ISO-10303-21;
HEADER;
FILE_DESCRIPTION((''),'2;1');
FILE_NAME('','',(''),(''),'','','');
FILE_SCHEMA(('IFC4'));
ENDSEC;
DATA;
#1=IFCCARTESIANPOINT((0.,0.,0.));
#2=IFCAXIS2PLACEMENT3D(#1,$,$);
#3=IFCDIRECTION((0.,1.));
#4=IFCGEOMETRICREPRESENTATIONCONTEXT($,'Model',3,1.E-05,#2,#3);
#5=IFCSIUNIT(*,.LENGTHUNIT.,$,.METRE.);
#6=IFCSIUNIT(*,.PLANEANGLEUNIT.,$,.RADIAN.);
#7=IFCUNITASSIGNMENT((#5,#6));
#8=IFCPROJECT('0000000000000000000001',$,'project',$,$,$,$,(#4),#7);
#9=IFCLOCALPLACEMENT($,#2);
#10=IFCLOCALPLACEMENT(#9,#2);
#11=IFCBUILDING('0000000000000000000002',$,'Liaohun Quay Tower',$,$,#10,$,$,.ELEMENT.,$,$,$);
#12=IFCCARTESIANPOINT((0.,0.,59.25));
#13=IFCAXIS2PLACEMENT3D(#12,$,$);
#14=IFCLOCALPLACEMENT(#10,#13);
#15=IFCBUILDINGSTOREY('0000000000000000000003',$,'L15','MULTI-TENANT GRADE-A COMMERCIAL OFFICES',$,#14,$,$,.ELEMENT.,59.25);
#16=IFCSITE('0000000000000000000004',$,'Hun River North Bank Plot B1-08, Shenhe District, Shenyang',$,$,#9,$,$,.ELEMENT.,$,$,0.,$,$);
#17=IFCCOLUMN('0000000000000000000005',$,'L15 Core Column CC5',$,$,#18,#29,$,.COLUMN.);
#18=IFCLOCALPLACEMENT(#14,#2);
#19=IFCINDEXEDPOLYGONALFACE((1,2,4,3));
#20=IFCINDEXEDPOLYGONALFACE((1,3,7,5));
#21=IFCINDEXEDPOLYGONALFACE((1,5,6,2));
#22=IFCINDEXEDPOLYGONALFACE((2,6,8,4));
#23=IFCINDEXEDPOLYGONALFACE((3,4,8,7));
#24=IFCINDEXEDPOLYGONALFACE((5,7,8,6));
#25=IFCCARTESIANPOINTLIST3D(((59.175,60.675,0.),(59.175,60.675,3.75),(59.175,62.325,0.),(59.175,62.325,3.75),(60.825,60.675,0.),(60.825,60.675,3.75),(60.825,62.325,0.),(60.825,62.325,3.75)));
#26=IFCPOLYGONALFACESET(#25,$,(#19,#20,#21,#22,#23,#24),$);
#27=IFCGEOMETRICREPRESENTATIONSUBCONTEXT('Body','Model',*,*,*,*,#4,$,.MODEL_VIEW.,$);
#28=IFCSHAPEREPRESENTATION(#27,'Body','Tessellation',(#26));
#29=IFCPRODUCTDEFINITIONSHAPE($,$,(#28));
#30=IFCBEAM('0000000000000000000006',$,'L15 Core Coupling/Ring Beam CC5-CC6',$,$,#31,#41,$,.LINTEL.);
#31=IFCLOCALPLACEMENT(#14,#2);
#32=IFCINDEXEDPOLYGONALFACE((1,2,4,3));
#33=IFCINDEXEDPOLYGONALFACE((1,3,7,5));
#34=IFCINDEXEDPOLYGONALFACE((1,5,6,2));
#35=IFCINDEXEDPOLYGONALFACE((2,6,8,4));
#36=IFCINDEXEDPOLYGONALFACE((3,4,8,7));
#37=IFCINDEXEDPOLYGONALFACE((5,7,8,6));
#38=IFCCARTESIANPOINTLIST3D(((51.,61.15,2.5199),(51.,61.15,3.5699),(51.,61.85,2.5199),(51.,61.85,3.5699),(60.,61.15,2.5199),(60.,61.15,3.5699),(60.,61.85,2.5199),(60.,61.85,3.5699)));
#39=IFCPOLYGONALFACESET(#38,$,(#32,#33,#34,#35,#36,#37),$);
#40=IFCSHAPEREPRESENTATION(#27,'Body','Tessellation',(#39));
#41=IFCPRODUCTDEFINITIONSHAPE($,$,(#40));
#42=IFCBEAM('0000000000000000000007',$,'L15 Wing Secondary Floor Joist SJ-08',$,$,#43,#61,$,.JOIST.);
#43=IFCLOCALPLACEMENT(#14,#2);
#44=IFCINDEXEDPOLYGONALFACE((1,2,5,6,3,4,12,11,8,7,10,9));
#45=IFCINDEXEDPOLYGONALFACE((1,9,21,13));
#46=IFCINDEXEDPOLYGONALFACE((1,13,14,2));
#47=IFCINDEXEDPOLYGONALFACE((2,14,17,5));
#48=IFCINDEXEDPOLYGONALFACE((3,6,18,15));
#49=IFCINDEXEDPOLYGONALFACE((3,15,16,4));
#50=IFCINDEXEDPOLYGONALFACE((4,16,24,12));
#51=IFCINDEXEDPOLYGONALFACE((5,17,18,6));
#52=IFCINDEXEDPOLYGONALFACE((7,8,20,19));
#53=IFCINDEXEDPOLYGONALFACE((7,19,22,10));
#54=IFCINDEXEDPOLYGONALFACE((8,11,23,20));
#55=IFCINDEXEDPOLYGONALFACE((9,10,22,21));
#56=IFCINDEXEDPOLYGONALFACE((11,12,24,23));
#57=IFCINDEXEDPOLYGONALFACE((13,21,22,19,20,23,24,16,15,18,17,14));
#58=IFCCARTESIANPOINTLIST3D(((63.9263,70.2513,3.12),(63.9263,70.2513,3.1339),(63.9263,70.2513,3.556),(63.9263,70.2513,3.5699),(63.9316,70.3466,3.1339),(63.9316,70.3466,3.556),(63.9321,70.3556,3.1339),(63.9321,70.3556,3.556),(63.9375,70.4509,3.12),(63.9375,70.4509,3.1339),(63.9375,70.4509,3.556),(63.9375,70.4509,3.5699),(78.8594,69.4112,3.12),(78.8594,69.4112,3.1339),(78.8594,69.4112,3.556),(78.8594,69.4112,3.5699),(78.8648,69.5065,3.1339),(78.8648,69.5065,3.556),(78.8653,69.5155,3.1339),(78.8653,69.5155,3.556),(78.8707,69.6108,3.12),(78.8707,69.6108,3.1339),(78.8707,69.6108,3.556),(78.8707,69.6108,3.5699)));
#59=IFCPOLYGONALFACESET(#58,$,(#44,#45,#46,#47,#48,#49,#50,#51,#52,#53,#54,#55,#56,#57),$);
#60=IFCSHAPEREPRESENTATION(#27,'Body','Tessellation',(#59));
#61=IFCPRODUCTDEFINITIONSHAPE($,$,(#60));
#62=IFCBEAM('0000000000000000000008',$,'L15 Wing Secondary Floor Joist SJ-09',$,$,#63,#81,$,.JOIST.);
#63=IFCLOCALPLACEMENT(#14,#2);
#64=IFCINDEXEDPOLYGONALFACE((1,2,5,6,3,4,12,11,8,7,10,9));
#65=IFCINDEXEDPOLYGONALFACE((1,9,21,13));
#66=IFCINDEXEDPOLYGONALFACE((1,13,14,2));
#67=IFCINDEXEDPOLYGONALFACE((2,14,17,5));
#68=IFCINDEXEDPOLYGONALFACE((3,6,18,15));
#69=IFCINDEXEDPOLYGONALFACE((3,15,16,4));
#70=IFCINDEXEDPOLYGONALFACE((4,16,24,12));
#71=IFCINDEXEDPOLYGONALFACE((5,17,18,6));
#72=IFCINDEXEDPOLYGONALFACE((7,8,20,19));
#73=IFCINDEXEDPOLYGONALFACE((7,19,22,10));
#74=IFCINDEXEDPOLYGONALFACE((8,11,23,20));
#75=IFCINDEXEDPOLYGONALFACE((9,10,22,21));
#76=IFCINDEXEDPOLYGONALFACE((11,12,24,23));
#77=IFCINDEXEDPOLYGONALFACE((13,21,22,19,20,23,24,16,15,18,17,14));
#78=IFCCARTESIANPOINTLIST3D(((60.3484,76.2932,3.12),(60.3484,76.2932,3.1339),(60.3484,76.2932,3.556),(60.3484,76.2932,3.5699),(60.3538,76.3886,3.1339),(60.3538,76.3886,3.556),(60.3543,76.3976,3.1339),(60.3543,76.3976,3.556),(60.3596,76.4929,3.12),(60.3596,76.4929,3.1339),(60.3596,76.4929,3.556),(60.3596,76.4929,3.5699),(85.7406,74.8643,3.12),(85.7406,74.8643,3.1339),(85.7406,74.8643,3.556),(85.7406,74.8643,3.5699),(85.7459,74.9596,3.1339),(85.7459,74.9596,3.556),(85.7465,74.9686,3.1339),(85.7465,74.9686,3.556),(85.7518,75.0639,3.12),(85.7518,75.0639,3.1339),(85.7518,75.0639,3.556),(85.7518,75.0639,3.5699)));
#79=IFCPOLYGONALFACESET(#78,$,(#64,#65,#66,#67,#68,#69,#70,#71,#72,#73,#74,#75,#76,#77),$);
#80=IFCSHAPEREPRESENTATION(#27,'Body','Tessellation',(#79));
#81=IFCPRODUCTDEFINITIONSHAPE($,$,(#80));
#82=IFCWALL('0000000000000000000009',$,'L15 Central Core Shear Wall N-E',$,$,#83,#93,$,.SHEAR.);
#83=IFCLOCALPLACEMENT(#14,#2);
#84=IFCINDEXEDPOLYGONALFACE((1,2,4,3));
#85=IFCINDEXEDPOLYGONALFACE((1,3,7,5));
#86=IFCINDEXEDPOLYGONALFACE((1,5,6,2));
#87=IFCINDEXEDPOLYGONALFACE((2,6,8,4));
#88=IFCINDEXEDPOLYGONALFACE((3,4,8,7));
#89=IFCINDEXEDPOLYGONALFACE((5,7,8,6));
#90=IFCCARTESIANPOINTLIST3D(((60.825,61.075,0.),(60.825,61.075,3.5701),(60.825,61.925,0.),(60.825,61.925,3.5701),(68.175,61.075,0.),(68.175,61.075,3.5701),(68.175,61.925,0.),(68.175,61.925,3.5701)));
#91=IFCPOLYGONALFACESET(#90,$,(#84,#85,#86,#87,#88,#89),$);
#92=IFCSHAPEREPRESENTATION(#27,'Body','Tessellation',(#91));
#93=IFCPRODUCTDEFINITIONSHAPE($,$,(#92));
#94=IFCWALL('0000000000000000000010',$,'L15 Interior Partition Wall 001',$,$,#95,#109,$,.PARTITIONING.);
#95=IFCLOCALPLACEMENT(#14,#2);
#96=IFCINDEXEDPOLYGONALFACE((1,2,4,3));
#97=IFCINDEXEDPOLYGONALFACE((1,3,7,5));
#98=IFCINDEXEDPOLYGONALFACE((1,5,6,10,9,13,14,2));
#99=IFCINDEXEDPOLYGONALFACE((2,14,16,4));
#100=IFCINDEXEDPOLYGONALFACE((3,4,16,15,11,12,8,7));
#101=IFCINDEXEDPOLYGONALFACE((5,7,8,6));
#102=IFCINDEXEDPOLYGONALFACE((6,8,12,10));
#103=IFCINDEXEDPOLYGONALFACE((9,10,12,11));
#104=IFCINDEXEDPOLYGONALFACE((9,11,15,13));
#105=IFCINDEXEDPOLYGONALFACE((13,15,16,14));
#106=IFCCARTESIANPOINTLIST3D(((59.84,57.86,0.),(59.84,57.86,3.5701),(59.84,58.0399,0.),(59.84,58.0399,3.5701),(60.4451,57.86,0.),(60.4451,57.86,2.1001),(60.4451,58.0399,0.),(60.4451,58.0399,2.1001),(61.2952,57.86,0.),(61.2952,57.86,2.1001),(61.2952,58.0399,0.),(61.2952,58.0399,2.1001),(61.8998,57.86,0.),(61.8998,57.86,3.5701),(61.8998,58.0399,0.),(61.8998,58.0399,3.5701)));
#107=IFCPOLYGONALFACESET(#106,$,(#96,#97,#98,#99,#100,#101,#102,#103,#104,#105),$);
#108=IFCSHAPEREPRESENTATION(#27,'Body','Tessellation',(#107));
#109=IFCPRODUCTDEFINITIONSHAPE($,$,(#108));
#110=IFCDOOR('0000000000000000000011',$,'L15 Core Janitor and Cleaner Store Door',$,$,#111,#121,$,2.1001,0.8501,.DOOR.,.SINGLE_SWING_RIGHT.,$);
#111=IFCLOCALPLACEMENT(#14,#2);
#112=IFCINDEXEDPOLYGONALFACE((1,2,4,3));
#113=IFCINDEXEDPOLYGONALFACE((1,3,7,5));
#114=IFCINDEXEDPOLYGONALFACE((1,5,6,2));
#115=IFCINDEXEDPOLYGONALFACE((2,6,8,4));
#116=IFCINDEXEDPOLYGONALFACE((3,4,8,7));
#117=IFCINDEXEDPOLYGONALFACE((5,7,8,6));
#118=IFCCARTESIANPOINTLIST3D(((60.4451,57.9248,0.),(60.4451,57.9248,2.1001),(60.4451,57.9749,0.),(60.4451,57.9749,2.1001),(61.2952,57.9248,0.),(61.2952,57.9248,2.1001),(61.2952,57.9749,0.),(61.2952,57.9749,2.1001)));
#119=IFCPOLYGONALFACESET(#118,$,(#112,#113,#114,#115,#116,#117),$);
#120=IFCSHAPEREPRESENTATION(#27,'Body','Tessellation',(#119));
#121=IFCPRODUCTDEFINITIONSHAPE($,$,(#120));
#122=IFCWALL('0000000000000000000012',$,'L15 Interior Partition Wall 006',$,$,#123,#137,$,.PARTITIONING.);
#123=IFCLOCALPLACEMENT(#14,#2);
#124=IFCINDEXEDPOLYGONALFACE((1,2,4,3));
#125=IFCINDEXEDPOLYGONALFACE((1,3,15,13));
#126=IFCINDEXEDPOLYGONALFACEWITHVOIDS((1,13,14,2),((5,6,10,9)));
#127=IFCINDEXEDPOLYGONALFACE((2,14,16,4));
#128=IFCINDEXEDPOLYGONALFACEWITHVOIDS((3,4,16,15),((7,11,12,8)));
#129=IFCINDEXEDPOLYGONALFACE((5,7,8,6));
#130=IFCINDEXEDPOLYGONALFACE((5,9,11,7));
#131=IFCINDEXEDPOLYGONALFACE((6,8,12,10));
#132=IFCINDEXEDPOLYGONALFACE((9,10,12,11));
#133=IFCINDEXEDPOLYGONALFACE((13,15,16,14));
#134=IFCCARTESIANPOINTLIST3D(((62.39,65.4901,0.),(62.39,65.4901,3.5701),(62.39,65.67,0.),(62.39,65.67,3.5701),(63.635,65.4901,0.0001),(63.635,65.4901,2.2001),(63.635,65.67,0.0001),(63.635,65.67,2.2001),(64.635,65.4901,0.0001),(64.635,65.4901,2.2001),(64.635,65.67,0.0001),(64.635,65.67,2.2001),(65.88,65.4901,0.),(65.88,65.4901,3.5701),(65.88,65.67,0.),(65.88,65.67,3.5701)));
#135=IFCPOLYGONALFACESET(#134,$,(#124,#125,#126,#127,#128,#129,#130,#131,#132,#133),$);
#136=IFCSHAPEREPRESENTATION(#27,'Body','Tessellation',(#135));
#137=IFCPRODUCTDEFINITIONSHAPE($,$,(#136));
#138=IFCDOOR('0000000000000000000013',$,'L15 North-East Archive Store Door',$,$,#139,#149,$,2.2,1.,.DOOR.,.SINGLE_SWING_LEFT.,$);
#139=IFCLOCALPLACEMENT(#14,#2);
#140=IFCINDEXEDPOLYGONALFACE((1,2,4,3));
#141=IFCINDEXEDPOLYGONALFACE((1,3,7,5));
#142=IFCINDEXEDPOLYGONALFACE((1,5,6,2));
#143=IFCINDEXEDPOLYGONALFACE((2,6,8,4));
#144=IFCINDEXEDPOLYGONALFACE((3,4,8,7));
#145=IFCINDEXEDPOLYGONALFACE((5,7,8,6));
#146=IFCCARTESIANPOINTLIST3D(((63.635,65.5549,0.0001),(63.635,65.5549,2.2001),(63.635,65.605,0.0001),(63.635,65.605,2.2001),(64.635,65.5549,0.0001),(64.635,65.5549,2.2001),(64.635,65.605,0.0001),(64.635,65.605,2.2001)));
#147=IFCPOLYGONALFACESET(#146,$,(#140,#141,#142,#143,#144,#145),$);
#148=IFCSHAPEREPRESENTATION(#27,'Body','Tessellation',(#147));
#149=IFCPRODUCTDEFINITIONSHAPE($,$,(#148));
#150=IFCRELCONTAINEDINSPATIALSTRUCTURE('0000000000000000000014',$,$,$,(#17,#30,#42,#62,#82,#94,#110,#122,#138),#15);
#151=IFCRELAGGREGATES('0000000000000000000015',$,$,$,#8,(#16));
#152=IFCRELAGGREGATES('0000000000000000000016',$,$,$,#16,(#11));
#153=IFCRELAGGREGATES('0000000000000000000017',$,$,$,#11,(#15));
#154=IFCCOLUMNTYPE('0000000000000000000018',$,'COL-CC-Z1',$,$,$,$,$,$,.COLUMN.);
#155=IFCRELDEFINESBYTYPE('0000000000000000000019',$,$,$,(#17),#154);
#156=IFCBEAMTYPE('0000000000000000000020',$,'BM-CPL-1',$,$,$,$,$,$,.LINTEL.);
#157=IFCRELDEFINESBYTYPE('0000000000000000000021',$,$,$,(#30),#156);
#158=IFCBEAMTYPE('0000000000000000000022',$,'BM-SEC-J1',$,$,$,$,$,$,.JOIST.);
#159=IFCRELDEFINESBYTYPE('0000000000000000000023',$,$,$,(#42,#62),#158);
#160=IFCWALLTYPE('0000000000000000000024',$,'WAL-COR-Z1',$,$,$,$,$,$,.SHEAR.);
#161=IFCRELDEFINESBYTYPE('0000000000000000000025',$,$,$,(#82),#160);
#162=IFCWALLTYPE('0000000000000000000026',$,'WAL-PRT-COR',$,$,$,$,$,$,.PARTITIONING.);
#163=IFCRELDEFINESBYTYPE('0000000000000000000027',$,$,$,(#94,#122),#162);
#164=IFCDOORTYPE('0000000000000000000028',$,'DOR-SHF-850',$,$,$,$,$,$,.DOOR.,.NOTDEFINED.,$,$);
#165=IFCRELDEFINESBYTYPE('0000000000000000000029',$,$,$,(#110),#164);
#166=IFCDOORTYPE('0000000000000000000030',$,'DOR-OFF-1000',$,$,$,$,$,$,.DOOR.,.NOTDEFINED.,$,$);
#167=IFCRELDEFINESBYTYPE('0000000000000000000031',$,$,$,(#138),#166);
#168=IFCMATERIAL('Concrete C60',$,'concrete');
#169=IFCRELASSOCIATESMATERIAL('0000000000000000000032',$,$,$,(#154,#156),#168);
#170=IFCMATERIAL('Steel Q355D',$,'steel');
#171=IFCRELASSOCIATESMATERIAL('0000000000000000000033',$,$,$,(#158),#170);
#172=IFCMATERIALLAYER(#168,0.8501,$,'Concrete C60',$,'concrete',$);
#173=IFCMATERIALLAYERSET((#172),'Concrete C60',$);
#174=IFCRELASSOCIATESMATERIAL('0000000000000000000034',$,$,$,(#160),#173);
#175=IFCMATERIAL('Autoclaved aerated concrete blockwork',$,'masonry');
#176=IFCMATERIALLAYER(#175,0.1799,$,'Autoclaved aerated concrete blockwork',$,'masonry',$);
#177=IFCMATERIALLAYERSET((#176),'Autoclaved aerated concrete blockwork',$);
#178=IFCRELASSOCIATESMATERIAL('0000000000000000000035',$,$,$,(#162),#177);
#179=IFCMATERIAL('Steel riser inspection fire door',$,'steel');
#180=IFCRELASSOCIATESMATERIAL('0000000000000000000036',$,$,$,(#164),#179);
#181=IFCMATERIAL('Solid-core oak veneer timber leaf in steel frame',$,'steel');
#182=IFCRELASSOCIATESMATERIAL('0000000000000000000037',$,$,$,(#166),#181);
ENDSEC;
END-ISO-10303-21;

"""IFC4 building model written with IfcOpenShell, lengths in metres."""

from ifc_helpers import new_model, si_unit, direction, frame, frame_2d, origin, origin_2d, place, context, subcontext, project, spatial, rectangle, i_section, extrude, source, transform, mapped, material, layer, layer_set, material_profile, profile_set, type_object, element, fill, save


model = new_model("IFC4")

# Units and contexts
model_context = context("Model", 3, precision=1e-05, world=origin(), true_north=direction((0.0, 1.0)))
body_context = subcontext(model_context, "Body", "Model", "MODEL_VIEW")
ifc_project = project(units=[si_unit("LENGTHUNIT", "METRE"), si_unit("PLANEANGLEUNIT", "RADIAN")], contexts=[model_context])

# Site, building, storey
site_placement = place(None, origin())
site = spatial("IfcSite", under=ifc_project, at=site_placement, Name="Hun River North Bank Plot B1-08, Shenhe District, Shenyang", CompositionType="ELEMENT", RefElevation=0.0)
building_placement = place(site_placement, origin())
building = spatial("IfcBuilding", under=site, at=building_placement, Name="Liaohun Quay Tower", CompositionType="ELEMENT")
storey_placement = place(building_placement, frame((0.0, 0.0, 59.25)))
storey = spatial("IfcBuildingStorey", under=building, at=storey_placement, Name="L15", Description="MULTI-TENANT GRADE-A COMMERCIAL OFFICES", CompositionType="ELEMENT", Elevation=59.25)

# Column
ifc_material_1 = material(Name="Concrete C60", Category="concrete")
ifc_material_profile_1 = material_profile(ifc_material_1, rectangle(XDim=1.6499, YDim=1.6499, at=origin_2d()), Name="RC1650x1650")
ifc_profile_set_1 = profile_set([ifc_material_profile_1], Name="Concrete C60")
column_type = type_object("IfcColumnType", Name="COL-CC-Z1", PredefinedType="COLUMN", material=ifc_profile_set_1)
shared_shape_1 = source(origin(), body_context, "Body", "SweptSolid", [
    extrude(rectangle(XDim=1.6499, YDim=1.6499, at=origin_2d()), origin(), (0.0, 0.0, 1.0), 3.75),
])
column_placement = place(storey_placement, frame((60.0, 61.5, 0.0), z_axis=(0.0, 0.0, 1.0), x_axis=(1.0, 0.0, 0.0)))
element("IfcColumn", 1, at=column_placement, inside=storey, type_object=column_type, Name="L15 Core Column CC5", PredefinedType="COLUMN", context=body_context, shape_type="MappedRepresentation", body=[
    mapped(shared_shape_1, transform((0.0, 0.0, 0.0), x_axis=(1.0, 0.0, 0.0), y_axis=(0.0, 1.0, 0.0), z_axis=(0.0, 0.0, 1.0), scale=1.0)),
])

# Beams
ifc_material_profile_2 = material_profile(ifc_material_1, rectangle(XDim=0.7, YDim=1.05, at=origin_2d()), Name="RC700x1050")
ifc_profile_set_2 = profile_set([ifc_material_profile_2], Name="Concrete C60")
beam_type_1 = type_object("IfcBeamType", Name="BM-CPL-1", PredefinedType="LINTEL", material=ifc_profile_set_2)
shared_shape_2 = source(origin(), body_context, "Body", "SweptSolid", [
    extrude(rectangle(XDim=0.7, YDim=1.05, at=origin_2d()), origin(), (0.0, 0.0, 1.0), 9.0),
])
beam_1_placement = place(storey_placement, frame((60.0, 61.5, 3.0449), z_axis=(-1.0, 0.0, 0.0), x_axis=(0.0, -1.0, 0.0)))
element("IfcBeam", 2, at=beam_1_placement, inside=storey, type_object=beam_type_1, Name="L15 Core Coupling/Ring Beam CC5-CC6", PredefinedType="LINTEL", context=body_context, shape_type="MappedRepresentation", body=[
    mapped(shared_shape_2, transform((0.0, 0.0, 0.0), x_axis=(1.0, 0.0, 0.0), y_axis=(0.0, 1.0, 0.0), z_axis=(0.0, 0.0, 1.0), scale=1.0)),
])
ifc_material_2 = material(Name="Steel Q355D", Category="steel")
ifc_material_profile_3 = material_profile(ifc_material_2, i_section(OverallWidth=0.2, OverallDepth=0.45, WebThickness=0.009, FlangeThickness=0.0139, at=origin_2d()), Name="HN450x200x9x14")
ifc_profile_set_3 = profile_set([ifc_material_profile_3], Name="Steel Q355D")
beam_type_2 = type_object("IfcBeamType", Name="BM-SEC-J1", PredefinedType="JOIST", material=ifc_profile_set_3)
shared_shape_3 = source(origin(), body_context, "Body", "SweptSolid", [
    extrude(i_section(OverallWidth=0.2, OverallDepth=0.45, WebThickness=0.009, FlangeThickness=0.0139, at=origin_2d()), origin(), (0.0, 0.0, 1.0), 14.9568),
])
beam_2_placement = place(storey_placement, frame((63.9319, 70.3511, 3.345), z_axis=(0.998421, -0.056168, 0.0), x_axis=(0.056168, 0.998421, 0.0)))
element("IfcBeam", 3, at=beam_2_placement, inside=storey, type_object=beam_type_2, Name="L15 Wing Secondary Floor Joist SJ-08", PredefinedType="JOIST", context=body_context, shape_type="MappedRepresentation", body=[
    mapped(shared_shape_3, transform((0.0, 0.0, 0.0), x_axis=(1.0, 0.0, 0.0), y_axis=(0.0, 1.0, 0.0), z_axis=(0.0, 0.0, 1.0), scale=1.0)),
])
shared_shape_4 = source(origin(), body_context, "Body", "SweptSolid", [
    extrude(i_section(OverallWidth=0.2, OverallDepth=0.45, WebThickness=0.009, FlangeThickness=0.0139, at=origin_2d()), origin(), (0.0, 0.0, 1.0), 25.4324),
])
beam_3_placement = place(storey_placement, frame((60.354, 76.3931, 3.345), z_axis=(0.99842, -0.056187, 0.0), x_axis=(0.056187, 0.99842, 0.0)))
element("IfcBeam", 4, at=beam_3_placement, inside=storey, type_object=beam_type_2, Name="L15 Wing Secondary Floor Joist SJ-09", PredefinedType="JOIST", context=body_context, shape_type="MappedRepresentation", body=[
    mapped(shared_shape_4, transform((0.0, 0.0, 0.0), x_axis=(1.0, 0.0, 0.0), y_axis=(0.0, 1.0, 0.0), z_axis=(0.0, 0.0, 1.0), scale=1.0)),
])

# Wall
ifc_layer_1 = layer(ifc_material_1, 0.8501, Name="Concrete C60", Category="concrete")
ifc_layer_set_1 = layer_set([ifc_layer_1], Name="Concrete C60")
wall_type_1 = type_object("IfcWallType", Name="WAL-COR-Z1", PredefinedType="SHEAR", material=ifc_layer_set_1)
wall_1_placement = place(storey_placement, frame((60.825, 61.5, 0.0), z_axis=(0.0, 0.0, 1.0), x_axis=(1.0, 0.0, 0.0)))
element("IfcWall", 5, at=wall_1_placement, inside=storey, type_object=wall_type_1, Name="L15 Central Core Shear Wall N-E", PredefinedType="SHEAR", context=body_context, shape_type="SweptSolid", body=[
    extrude(rectangle(XDim=7.3501, YDim=0.8501, at=frame_2d((3.675, 0.0))), origin(), (0.0, 0.0, 1.0), 3.5701),
])

# Walls, openings, doors
ifc_material_3 = material(Name="Autoclaved aerated concrete blockwork", Category="masonry")
ifc_layer_2 = layer(ifc_material_3, 0.1799, Name="Autoclaved aerated concrete blockwork", Category="masonry")
ifc_layer_set_2 = layer_set([ifc_layer_2], Name="Autoclaved aerated concrete blockwork")
wall_type_2 = type_object("IfcWallType", Name="WAL-PRT-COR", PredefinedType="PARTITIONING", material=ifc_layer_set_2)
wall_2_placement = place(storey_placement, frame((59.8401, 57.95, 0.0), z_axis=(0.0, 0.0, 1.0), x_axis=(1.0, 0.0, 0.0)))
wall_2 = element("IfcWall", 6, at=wall_2_placement, inside=storey, type_object=wall_type_2, Name="L15 Interior Partition Wall 001", PredefinedType="PARTITIONING", context=body_context, shape_type="SweptSolid", body=[
    extrude(rectangle(XDim=2.0598, YDim=0.1799, at=frame_2d((1.0298, 0.0))), origin(), (0.0, 0.0, 1.0), 3.5701),
])
shared_shape_5 = source(origin(), body_context, "Body", "SweptSolid", [
    extrude(rectangle(XDim=0.8501, YDim=2.1001, at=frame_2d((0.425, 1.05))), frame((0.0, 0.0999, 0.0), z_axis=(0.0, -1.0, 0.0), x_axis=(1.0, 0.0, 0.0)), (0.0, 0.0, 1.0), 0.2),
])
opening_1_placement = place(wall_2_placement, frame((0.605, 0.0, 0.0)))
opening_1 = element("IfcOpeningElement", 7, at=opening_1_placement, cuts=wall_2, PredefinedType="OPENING", context=body_context, shape_type="MappedRepresentation", body=[
    mapped(shared_shape_5, transform((0.0, 0.0, 0.0), x_axis=(1.0, 0.0, 0.0), y_axis=(0.0, 1.0, 0.0), z_axis=(0.0, 0.0, 1.0), scale=1.0)),
])
ifc_material_4 = material(Name="Steel riser inspection fire door", Category="steel")
door_type_1 = type_object("IfcDoorType", Name="DOR-SHF-850", OperationType="NOTDEFINED", PredefinedType="DOOR", material=ifc_material_4)
shared_shape_6 = source(origin(), body_context, "Body", "SweptSolid", [
    extrude(rectangle(XDim=0.8501, YDim=2.1001, at=frame_2d((0.425, 1.05))), frame((0.0, 0.0249, 0.0), z_axis=(0.0, -1.0, 0.0), x_axis=(1.0, 0.0, 0.0)), (0.0, 0.0, 1.0), 0.05),
])
door_1_placement = place(opening_1_placement, origin())
door_1 = element("IfcDoor", 8, at=door_1_placement, inside=storey, type_object=door_type_1, Name="L15 Core Janitor and Cleaner Store Door", OperationType="SINGLE_SWING_RIGHT", OverallHeight=2.1001, OverallWidth=0.8501, PredefinedType="DOOR", context=body_context, shape_type="MappedRepresentation", body=[
    mapped(shared_shape_6, transform((0.0, 0.0, 0.0), x_axis=(1.0, 0.0, 0.0), y_axis=(0.0, 1.0, 0.0), z_axis=(0.0, 0.0, 1.0), scale=1.0)),
])
fill(opening_1, door_1)
wall_3_placement = place(storey_placement, frame((62.3899, 65.5801, 0.0), z_axis=(0.0, 0.0, 1.0), x_axis=(1.0, 0.0, 0.0)))
wall_3 = element("IfcWall", 9, at=wall_3_placement, inside=storey, type_object=wall_type_2, Name="L15 Interior Partition Wall 006", PredefinedType="PARTITIONING", context=body_context, shape_type="SweptSolid", body=[
    extrude(rectangle(XDim=3.49, YDim=0.1799, at=frame_2d((1.7451, 0.0))), origin(), (0.0, 0.0, 1.0), 3.5701),
])
shared_shape_7 = source(origin(), body_context, "Body", "SweptSolid", [
    extrude(rectangle(XDim=1.0, YDim=2.2, at=frame_2d((0.5, 1.1001))), frame((0.0, 0.0999, 0.0), z_axis=(0.0, -1.0, 0.0), x_axis=(1.0, 0.0, 0.0)), (0.0, 0.0, 1.0), 0.2),
])
opening_2_placement = place(wall_3_placement, frame((1.2451, 0.0, 0.0)))
opening_2 = element("IfcOpeningElement", 10, at=opening_2_placement, cuts=wall_3, PredefinedType="OPENING", context=body_context, shape_type="MappedRepresentation", body=[
    mapped(shared_shape_7, transform((0.0, 0.0, 0.0), x_axis=(1.0, 0.0, 0.0), y_axis=(0.0, 1.0, 0.0), z_axis=(0.0, 0.0, 1.0), scale=1.0)),
])
ifc_material_5 = material(Name="Solid-core oak veneer timber leaf in steel frame", Category="steel")
door_type_2 = type_object("IfcDoorType", Name="DOR-OFF-1000", OperationType="NOTDEFINED", PredefinedType="DOOR", material=ifc_material_5)
shared_shape_8 = source(origin(), body_context, "Body", "SweptSolid", [
    extrude(rectangle(XDim=1.0, YDim=2.2, at=frame_2d((0.5, 1.1001))), frame((0.0, 0.0249, 0.0), z_axis=(0.0, -1.0, 0.0), x_axis=(1.0, 0.0, 0.0)), (0.0, 0.0, 1.0), 0.05),
])
door_2_placement = place(opening_2_placement, origin())
door_2 = element("IfcDoor", 11, at=door_2_placement, inside=storey, type_object=door_type_2, Name="L15 North-East Archive Store Door", OperationType="SINGLE_SWING_LEFT", OverallHeight=2.2, OverallWidth=1.0, PredefinedType="DOOR", context=body_context, shape_type="MappedRepresentation", body=[
    mapped(shared_shape_8, transform((0.0, 0.0, 0.0), x_axis=(1.0, 0.0, 0.0), y_axis=(0.0, 1.0, 0.0), z_axis=(0.0, 0.0, 1.0), scale=1.0)),
])
fill(opening_2, door_2)

save(model, "model.ifc")
